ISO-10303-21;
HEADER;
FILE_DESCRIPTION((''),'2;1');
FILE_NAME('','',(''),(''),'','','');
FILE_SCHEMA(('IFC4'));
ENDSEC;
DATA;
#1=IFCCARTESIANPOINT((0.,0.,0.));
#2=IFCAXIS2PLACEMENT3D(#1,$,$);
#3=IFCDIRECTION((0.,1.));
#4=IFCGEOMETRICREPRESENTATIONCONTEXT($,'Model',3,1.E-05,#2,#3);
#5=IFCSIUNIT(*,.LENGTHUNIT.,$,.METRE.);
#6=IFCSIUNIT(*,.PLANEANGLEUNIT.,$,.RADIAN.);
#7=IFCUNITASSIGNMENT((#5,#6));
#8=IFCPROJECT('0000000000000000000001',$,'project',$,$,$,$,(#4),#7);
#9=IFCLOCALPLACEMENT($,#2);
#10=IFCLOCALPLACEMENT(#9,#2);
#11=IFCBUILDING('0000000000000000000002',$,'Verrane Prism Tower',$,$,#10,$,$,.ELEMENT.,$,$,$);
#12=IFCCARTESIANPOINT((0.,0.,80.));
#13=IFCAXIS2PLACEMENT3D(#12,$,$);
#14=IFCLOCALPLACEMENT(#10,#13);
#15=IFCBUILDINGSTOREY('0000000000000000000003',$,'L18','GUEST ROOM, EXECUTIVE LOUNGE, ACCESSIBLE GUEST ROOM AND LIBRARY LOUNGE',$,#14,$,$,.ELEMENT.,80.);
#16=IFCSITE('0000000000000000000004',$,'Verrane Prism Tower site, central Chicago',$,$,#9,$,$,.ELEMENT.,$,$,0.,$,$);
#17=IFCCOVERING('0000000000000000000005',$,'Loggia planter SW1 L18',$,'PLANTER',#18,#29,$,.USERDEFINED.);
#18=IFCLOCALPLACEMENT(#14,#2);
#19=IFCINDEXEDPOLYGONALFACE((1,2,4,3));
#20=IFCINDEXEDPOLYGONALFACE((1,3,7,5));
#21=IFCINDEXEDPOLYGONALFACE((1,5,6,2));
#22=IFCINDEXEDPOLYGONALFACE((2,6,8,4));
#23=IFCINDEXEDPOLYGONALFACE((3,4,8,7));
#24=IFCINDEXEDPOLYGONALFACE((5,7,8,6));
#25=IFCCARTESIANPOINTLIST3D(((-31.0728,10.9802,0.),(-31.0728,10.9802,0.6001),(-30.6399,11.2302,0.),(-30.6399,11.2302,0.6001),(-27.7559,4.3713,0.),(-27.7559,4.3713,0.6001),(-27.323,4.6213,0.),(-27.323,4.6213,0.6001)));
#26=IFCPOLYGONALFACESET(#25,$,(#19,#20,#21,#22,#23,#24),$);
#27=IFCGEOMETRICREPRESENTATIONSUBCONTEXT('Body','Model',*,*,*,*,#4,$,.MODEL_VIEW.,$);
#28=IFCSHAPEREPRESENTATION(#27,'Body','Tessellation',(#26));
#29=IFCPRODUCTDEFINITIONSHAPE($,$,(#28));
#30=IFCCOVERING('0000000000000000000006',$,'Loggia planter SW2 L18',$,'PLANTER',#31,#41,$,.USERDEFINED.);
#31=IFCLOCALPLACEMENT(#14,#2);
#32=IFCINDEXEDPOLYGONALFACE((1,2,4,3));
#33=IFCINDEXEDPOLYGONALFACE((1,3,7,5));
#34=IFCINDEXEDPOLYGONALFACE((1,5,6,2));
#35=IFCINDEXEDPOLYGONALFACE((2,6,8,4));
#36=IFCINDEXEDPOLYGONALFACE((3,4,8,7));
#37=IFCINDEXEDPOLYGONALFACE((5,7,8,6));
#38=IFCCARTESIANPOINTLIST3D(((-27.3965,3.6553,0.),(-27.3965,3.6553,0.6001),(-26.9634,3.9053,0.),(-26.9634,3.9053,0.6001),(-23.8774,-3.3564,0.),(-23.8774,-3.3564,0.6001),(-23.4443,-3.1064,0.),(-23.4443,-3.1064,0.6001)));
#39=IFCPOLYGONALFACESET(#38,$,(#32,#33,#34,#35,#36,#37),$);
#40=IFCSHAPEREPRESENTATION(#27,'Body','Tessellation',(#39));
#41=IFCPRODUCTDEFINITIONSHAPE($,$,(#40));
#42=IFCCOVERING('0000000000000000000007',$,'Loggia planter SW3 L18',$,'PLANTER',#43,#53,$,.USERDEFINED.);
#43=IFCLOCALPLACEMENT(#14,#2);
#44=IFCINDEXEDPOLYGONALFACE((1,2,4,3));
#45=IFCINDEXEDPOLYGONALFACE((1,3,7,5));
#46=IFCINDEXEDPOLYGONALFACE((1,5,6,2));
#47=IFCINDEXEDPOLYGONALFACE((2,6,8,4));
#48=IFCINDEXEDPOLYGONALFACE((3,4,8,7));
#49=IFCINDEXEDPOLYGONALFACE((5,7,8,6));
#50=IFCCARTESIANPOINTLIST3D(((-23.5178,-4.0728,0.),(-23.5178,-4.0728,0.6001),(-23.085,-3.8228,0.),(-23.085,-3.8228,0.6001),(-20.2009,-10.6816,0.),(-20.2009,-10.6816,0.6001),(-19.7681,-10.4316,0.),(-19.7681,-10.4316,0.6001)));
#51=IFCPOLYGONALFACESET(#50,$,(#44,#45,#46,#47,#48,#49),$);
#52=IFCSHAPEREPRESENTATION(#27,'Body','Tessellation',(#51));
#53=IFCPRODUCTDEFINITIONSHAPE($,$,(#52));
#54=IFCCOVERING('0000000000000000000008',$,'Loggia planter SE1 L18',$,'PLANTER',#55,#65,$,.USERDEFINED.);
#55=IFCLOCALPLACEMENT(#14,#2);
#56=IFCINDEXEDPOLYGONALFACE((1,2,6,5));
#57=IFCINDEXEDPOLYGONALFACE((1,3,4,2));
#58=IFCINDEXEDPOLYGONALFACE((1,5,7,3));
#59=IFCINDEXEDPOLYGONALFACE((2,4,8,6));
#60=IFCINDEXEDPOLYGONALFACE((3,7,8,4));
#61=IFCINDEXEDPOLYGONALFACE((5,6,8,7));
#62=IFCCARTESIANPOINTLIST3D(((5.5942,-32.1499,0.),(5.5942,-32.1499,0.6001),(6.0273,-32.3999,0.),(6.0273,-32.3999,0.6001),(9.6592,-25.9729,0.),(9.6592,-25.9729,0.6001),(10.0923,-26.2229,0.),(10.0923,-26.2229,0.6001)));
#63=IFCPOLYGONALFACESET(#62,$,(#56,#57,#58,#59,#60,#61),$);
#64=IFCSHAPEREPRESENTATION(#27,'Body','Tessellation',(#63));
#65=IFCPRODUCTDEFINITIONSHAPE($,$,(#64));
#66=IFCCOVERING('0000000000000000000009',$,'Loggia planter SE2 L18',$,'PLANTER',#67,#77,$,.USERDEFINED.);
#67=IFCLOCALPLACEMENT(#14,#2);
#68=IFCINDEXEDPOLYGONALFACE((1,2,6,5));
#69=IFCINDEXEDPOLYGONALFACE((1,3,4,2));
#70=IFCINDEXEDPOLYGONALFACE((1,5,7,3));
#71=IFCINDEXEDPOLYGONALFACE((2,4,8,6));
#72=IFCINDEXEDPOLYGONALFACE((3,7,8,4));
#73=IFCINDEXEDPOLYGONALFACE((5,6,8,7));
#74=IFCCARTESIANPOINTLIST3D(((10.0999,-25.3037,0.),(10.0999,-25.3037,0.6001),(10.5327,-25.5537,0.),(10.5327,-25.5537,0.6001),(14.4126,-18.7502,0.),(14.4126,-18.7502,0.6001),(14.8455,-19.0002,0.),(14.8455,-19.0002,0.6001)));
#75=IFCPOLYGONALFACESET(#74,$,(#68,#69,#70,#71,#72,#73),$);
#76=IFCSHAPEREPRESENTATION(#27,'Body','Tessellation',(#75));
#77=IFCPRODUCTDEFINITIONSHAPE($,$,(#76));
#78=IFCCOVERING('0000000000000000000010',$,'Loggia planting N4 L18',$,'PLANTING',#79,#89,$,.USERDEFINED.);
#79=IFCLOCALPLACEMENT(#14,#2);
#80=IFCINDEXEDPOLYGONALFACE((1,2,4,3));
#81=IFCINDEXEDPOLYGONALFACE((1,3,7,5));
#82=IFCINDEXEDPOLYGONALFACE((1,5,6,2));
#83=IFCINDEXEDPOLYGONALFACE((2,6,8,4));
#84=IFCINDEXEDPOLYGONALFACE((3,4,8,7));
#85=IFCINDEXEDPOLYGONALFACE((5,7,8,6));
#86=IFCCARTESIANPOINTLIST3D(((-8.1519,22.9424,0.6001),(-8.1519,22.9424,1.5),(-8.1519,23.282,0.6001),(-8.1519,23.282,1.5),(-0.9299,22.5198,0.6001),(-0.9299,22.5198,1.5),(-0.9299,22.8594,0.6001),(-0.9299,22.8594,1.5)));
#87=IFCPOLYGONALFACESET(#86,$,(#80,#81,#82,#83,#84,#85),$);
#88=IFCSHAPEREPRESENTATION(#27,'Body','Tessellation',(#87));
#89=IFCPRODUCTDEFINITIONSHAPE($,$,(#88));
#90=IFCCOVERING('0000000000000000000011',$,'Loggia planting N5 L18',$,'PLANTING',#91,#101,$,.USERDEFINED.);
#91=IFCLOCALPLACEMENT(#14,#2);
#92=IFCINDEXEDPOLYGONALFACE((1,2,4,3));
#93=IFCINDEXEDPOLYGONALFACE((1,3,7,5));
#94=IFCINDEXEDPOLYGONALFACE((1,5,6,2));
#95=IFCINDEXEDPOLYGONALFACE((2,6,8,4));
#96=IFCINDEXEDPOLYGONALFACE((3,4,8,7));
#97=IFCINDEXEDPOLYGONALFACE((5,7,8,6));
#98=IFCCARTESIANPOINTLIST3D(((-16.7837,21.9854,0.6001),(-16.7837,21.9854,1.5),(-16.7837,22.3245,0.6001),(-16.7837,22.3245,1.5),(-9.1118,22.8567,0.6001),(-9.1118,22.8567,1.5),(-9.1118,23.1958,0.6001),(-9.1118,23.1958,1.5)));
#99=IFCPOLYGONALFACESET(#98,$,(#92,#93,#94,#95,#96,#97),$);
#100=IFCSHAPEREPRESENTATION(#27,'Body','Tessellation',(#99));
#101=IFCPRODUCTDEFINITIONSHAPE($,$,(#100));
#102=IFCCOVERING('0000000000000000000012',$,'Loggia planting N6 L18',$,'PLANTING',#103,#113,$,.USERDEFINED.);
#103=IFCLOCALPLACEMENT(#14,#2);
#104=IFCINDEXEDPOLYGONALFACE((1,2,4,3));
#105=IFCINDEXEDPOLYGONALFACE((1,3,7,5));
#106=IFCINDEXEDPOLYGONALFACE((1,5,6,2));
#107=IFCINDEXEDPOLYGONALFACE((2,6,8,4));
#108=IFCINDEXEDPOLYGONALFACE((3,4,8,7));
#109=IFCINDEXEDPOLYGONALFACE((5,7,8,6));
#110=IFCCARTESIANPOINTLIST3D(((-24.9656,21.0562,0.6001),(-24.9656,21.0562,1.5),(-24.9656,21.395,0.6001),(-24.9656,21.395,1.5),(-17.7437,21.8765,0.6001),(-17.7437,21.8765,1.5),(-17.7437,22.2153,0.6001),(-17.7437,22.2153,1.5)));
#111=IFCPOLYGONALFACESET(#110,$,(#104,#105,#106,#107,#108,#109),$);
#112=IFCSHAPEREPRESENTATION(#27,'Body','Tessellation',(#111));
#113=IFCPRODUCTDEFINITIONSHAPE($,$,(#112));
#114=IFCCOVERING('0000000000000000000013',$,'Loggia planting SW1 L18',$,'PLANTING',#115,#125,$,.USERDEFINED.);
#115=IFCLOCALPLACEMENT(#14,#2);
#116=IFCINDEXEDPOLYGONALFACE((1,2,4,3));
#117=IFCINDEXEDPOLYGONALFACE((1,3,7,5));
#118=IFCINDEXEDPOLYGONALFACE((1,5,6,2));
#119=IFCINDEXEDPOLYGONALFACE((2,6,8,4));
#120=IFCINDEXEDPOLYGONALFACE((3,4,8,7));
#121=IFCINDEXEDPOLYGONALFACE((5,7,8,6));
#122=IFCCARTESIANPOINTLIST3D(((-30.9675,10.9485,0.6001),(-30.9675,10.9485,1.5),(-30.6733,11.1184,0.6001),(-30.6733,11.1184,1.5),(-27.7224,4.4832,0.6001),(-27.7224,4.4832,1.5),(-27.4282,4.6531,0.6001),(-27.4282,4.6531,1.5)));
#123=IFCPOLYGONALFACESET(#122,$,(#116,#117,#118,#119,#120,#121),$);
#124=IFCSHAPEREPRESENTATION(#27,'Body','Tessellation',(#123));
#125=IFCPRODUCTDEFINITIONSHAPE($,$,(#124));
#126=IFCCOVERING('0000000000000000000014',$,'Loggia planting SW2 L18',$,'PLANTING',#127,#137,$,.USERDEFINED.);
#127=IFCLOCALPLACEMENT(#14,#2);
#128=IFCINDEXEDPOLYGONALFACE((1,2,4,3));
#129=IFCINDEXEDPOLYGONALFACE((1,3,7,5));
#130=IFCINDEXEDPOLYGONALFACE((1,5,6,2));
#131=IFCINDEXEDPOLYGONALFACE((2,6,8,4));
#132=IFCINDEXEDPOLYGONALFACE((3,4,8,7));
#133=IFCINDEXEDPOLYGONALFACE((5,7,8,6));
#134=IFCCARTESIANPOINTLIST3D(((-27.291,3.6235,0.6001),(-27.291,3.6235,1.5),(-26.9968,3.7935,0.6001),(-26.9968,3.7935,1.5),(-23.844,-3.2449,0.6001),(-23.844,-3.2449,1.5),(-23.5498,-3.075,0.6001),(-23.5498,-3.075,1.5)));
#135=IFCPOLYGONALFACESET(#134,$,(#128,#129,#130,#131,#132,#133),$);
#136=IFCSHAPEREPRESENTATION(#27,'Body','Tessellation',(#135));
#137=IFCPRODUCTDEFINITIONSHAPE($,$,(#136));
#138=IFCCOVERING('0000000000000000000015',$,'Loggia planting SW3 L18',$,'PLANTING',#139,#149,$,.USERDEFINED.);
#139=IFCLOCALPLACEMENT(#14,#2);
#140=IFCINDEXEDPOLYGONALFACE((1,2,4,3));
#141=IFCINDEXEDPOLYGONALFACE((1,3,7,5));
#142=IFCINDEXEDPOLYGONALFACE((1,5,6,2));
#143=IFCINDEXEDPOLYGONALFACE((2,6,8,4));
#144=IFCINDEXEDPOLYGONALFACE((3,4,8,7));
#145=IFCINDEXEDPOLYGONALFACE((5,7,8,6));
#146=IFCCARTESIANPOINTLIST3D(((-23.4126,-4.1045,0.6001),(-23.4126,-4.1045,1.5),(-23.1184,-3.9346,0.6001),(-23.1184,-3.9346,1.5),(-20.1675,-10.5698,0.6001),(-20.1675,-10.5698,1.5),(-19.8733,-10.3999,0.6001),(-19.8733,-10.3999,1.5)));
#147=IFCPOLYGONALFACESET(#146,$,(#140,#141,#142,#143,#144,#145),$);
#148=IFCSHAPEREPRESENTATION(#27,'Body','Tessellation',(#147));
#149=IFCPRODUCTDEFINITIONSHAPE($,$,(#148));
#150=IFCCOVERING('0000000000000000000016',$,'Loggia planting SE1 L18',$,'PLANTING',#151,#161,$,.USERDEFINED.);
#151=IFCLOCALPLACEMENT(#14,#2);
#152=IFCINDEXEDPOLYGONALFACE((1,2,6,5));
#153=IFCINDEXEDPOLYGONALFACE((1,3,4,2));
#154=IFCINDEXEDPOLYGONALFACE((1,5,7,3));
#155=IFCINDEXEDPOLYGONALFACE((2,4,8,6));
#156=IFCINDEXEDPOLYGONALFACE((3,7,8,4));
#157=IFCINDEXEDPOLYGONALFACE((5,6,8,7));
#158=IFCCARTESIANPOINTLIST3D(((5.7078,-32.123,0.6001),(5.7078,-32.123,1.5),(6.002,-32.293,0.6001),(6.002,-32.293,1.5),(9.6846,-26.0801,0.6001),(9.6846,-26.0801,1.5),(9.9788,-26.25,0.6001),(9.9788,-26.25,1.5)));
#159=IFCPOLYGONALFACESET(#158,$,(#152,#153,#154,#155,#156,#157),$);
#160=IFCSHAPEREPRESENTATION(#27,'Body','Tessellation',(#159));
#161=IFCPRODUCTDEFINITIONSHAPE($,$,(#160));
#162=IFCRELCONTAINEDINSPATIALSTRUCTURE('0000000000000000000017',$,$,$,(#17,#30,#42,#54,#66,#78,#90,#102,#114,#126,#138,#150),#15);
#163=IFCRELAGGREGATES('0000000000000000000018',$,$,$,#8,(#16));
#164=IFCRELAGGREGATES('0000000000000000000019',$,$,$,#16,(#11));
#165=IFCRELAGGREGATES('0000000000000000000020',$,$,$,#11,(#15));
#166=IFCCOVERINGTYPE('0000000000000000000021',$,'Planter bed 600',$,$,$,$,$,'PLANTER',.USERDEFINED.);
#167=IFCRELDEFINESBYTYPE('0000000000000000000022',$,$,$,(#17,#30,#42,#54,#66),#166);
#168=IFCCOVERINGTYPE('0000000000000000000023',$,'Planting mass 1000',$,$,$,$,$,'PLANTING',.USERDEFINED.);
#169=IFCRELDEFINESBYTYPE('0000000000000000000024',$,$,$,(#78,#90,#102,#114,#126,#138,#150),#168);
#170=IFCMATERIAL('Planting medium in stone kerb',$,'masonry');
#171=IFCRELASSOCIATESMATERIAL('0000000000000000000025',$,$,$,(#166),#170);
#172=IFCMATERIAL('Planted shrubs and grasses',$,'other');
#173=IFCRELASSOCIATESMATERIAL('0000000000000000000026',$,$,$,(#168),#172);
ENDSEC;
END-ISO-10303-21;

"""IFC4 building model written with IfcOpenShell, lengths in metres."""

from ifc_helpers import new_model, si_unit, direction, frame, origin, place, context, subcontext, project, spatial, polyline, outline, extrude, material, type_object, element, save


model = new_model("IFC4")

# Units and contexts
model_context = context("Model", 3, precision=1e-05, world=origin(), true_north=direction((0.0, 1.0)))
body_context = subcontext(model_context, "Body", "Model", "MODEL_VIEW")
ifc_project = project(units=[si_unit("LENGTHUNIT", "METRE"), si_unit("PLANEANGLEUNIT", "RADIAN")], contexts=[model_context])

# Site, building, storey
site_placement = place(None, origin())
site = spatial("IfcSite", under=ifc_project, at=site_placement, Name="Verrane Prism Tower site, central Chicago", CompositionType="ELEMENT", RefElevation=0.0)
building_placement = place(site_placement, origin())
building = spatial("IfcBuilding", under=site, at=building_placement, Name="Verrane Prism Tower", CompositionType="ELEMENT")
storey_placement = place(building_placement, frame((0.0, 0.0, 80.0)))
storey = spatial("IfcBuildingStorey", under=building, at=storey_placement, Name="L18", Description="GUEST ROOM, EXECUTIVE LOUNGE, ACCESSIBLE GUEST ROOM AND LIBRARY LOUNGE", CompositionType="ELEMENT", Elevation=80.0)

# Coverings
ifc_material_1 = material(Name="Planting medium in stone kerb", Category="masonry")
covering_type_1 = type_object("IfcCoveringType", Name="Planter bed 600", ElementType="PLANTER", PredefinedType="USERDEFINED", material=ifc_material_1)
covering_1_placement = place(storey_placement, origin())
element("IfcCovering", 1, at=covering_1_placement, inside=storey, type_object=covering_type_1, Name="Loggia planter SW1 L18", ObjectType="PLANTER", PredefinedType="USERDEFINED", context=body_context, shape_type="SweptSolid", body=[
    extrude(outline(polyline([(-31.0728, 10.9802), (-27.7559, 4.3713), (-27.323, 4.6213), (-30.6399, 11.2302), (-31.0728, 10.9802)])), origin(), (0.0, 0.0, 1.0), 0.6001),
])
covering_2_placement = place(storey_placement, origin())
element("IfcCovering", 2, at=covering_2_placement, inside=storey, type_object=covering_type_1, Name="Loggia planter SW2 L18", ObjectType="PLANTER", PredefinedType="USERDEFINED", context=body_context, shape_type="SweptSolid", body=[
    extrude(outline(polyline([(-27.3965, 3.6553), (-23.8774, -3.3564), (-23.4443, -3.1064), (-26.9634, 3.9053), (-27.3965, 3.6553)])), origin(), (0.0, 0.0, 1.0), 0.6001),
])
covering_3_placement = place(storey_placement, origin())
element("IfcCovering", 3, at=covering_3_placement, inside=storey, type_object=covering_type_1, Name="Loggia planter SW3 L18", ObjectType="PLANTER", PredefinedType="USERDEFINED", context=body_context, shape_type="SweptSolid", body=[
    extrude(outline(polyline([(-23.5178, -4.0728), (-20.2009, -10.6816), (-19.7681, -10.4316), (-23.085, -3.8228), (-23.5178, -4.0728)])), origin(), (0.0, 0.0, 1.0), 0.6001),
])
covering_4_placement = place(storey_placement, origin())
element("IfcCovering", 4, at=covering_4_placement, inside=storey, type_object=covering_type_1, Name="Loggia planter SE1 L18", ObjectType="PLANTER", PredefinedType="USERDEFINED", context=body_context, shape_type="SweptSolid", body=[
    extrude(outline(polyline([(6.0273, -32.3999), (10.0923, -26.2229), (9.6592, -25.9729), (5.5942, -32.1499), (6.0273, -32.3999)])), origin(), (0.0, 0.0, 1.0), 0.6001),
])
covering_5_placement = place(storey_placement, origin())
element("IfcCovering", 5, at=covering_5_placement, inside=storey, type_object=covering_type_1, Name="Loggia planter SE2 L18", ObjectType="PLANTER", PredefinedType="USERDEFINED", context=body_context, shape_type="SweptSolid", body=[
    extrude(outline(polyline([(10.5327, -25.5537), (14.8455, -19.0002), (14.4126, -18.7502), (10.0999, -25.3037), (10.5327, -25.5537)])), origin(), (0.0, 0.0, 1.0), 0.6001),
])
ifc_material_2 = material(Name="Planted shrubs and grasses", Category="other")
covering_type_2 = type_object("IfcCoveringType", Name="Planting mass 1000", ElementType="PLANTING", PredefinedType="USERDEFINED", material=ifc_material_2)
covering_6_placement = place(storey_placement, frame((0.0, 0.0, 0.6001)))
element("IfcCovering", 6, at=covering_6_placement, inside=storey, type_object=covering_type_2, Name="Loggia planting N4 L18", ObjectType="PLANTING", PredefinedType="USERDEFINED", context=body_context, shape_type="SweptSolid", body=[
    extrude(outline(polyline([(-8.1519, 23.282), (-8.1519, 22.9424), (-0.9299, 22.5198), (-0.9299, 22.8594), (-8.1519, 23.282)])), origin(), (0.0, 0.0, 1.0), 0.8999),
])
covering_7_placement = place(storey_placement, frame((0.0, 0.0, 0.6001)))
element("IfcCovering", 7, at=covering_7_placement, inside=storey, type_object=covering_type_2, Name="Loggia planting N5 L18", ObjectType="PLANTING", PredefinedType="USERDEFINED", context=body_context, shape_type="SweptSolid", body=[
    extrude(outline(polyline([(-16.7837, 22.3245), (-16.7837, 21.9854), (-9.1118, 22.8567), (-9.1118, 23.1958), (-16.7837, 22.3245)])), origin(), (0.0, 0.0, 1.0), 0.8999),
])
covering_8_placement = place(storey_placement, frame((0.0, 0.0, 0.6001)))
element("IfcCovering", 8, at=covering_8_placement, inside=storey, type_object=covering_type_2, Name="Loggia planting N6 L18", ObjectType="PLANTING", PredefinedType="USERDEFINED", context=body_context, shape_type="SweptSolid", body=[
    extrude(outline(polyline([(-24.9656, 21.395), (-24.9656, 21.0562), (-17.7437, 21.8765), (-17.7437, 22.2153), (-24.9656, 21.395)])), origin(), (0.0, 0.0, 1.0), 0.8999),
])
covering_9_placement = place(storey_placement, frame((0.0, 0.0, 0.6001)))
element("IfcCovering", 9, at=covering_9_placement, inside=storey, type_object=covering_type_2, Name="Loggia planting SW1 L18", ObjectType="PLANTING", PredefinedType="USERDEFINED", context=body_context, shape_type="SweptSolid", body=[
    extrude(outline(polyline([(-27.7224, 4.4832), (-27.4282, 4.6531), (-30.6733, 11.1184), (-30.9675, 10.9485), (-27.7224, 4.4832)])), origin(), (0.0, 0.0, 1.0), 0.8999),
])
covering_10_placement = place(storey_placement, frame((0.0, 0.0, 0.6001)))
element("IfcCovering", 10, at=covering_10_placement, inside=storey, type_object=covering_type_2, Name="Loggia planting SW2 L18", ObjectType="PLANTING", PredefinedType="USERDEFINED", context=body_context, shape_type="SweptSolid", body=[
    extrude(outline(polyline([(-23.844, -3.2449), (-23.5498, -3.075), (-26.9968, 3.7935), (-27.291, 3.6235), (-23.844, -3.2449)])), origin(), (0.0, 0.0, 1.0), 0.8999),
])
covering_11_placement = place(storey_placement, frame((0.0, 0.0, 0.6001)))
element("IfcCovering", 11, at=covering_11_placement, inside=storey, type_object=covering_type_2, Name="Loggia planting SW3 L18", ObjectType="PLANTING", PredefinedType="USERDEFINED", context=body_context, shape_type="SweptSolid", body=[
    extrude(outline(polyline([(-20.1675, -10.5698), (-19.8733, -10.3999), (-23.1184, -3.9346), (-23.4126, -4.1045), (-20.1675, -10.5698)])), origin(), (0.0, 0.0, 1.0), 0.8999),
])
covering_12_placement = place(storey_placement, frame((0.0, 0.0, 0.6001)))
element("IfcCovering", 12, at=covering_12_placement, inside=storey, type_object=covering_type_2, Name="Loggia planting SE1 L18", ObjectType="PLANTING", PredefinedType="USERDEFINED", context=body_context, shape_type="SweptSolid", body=[
    extrude(outline(polyline([(9.9788, -26.25), (9.6846, -26.0801), (5.7078, -32.123), (6.002, -32.293), (9.9788, -26.25)])), origin(), (0.0, 0.0, 1.0), 0.8999),
])

save(model, "model.ifc")
